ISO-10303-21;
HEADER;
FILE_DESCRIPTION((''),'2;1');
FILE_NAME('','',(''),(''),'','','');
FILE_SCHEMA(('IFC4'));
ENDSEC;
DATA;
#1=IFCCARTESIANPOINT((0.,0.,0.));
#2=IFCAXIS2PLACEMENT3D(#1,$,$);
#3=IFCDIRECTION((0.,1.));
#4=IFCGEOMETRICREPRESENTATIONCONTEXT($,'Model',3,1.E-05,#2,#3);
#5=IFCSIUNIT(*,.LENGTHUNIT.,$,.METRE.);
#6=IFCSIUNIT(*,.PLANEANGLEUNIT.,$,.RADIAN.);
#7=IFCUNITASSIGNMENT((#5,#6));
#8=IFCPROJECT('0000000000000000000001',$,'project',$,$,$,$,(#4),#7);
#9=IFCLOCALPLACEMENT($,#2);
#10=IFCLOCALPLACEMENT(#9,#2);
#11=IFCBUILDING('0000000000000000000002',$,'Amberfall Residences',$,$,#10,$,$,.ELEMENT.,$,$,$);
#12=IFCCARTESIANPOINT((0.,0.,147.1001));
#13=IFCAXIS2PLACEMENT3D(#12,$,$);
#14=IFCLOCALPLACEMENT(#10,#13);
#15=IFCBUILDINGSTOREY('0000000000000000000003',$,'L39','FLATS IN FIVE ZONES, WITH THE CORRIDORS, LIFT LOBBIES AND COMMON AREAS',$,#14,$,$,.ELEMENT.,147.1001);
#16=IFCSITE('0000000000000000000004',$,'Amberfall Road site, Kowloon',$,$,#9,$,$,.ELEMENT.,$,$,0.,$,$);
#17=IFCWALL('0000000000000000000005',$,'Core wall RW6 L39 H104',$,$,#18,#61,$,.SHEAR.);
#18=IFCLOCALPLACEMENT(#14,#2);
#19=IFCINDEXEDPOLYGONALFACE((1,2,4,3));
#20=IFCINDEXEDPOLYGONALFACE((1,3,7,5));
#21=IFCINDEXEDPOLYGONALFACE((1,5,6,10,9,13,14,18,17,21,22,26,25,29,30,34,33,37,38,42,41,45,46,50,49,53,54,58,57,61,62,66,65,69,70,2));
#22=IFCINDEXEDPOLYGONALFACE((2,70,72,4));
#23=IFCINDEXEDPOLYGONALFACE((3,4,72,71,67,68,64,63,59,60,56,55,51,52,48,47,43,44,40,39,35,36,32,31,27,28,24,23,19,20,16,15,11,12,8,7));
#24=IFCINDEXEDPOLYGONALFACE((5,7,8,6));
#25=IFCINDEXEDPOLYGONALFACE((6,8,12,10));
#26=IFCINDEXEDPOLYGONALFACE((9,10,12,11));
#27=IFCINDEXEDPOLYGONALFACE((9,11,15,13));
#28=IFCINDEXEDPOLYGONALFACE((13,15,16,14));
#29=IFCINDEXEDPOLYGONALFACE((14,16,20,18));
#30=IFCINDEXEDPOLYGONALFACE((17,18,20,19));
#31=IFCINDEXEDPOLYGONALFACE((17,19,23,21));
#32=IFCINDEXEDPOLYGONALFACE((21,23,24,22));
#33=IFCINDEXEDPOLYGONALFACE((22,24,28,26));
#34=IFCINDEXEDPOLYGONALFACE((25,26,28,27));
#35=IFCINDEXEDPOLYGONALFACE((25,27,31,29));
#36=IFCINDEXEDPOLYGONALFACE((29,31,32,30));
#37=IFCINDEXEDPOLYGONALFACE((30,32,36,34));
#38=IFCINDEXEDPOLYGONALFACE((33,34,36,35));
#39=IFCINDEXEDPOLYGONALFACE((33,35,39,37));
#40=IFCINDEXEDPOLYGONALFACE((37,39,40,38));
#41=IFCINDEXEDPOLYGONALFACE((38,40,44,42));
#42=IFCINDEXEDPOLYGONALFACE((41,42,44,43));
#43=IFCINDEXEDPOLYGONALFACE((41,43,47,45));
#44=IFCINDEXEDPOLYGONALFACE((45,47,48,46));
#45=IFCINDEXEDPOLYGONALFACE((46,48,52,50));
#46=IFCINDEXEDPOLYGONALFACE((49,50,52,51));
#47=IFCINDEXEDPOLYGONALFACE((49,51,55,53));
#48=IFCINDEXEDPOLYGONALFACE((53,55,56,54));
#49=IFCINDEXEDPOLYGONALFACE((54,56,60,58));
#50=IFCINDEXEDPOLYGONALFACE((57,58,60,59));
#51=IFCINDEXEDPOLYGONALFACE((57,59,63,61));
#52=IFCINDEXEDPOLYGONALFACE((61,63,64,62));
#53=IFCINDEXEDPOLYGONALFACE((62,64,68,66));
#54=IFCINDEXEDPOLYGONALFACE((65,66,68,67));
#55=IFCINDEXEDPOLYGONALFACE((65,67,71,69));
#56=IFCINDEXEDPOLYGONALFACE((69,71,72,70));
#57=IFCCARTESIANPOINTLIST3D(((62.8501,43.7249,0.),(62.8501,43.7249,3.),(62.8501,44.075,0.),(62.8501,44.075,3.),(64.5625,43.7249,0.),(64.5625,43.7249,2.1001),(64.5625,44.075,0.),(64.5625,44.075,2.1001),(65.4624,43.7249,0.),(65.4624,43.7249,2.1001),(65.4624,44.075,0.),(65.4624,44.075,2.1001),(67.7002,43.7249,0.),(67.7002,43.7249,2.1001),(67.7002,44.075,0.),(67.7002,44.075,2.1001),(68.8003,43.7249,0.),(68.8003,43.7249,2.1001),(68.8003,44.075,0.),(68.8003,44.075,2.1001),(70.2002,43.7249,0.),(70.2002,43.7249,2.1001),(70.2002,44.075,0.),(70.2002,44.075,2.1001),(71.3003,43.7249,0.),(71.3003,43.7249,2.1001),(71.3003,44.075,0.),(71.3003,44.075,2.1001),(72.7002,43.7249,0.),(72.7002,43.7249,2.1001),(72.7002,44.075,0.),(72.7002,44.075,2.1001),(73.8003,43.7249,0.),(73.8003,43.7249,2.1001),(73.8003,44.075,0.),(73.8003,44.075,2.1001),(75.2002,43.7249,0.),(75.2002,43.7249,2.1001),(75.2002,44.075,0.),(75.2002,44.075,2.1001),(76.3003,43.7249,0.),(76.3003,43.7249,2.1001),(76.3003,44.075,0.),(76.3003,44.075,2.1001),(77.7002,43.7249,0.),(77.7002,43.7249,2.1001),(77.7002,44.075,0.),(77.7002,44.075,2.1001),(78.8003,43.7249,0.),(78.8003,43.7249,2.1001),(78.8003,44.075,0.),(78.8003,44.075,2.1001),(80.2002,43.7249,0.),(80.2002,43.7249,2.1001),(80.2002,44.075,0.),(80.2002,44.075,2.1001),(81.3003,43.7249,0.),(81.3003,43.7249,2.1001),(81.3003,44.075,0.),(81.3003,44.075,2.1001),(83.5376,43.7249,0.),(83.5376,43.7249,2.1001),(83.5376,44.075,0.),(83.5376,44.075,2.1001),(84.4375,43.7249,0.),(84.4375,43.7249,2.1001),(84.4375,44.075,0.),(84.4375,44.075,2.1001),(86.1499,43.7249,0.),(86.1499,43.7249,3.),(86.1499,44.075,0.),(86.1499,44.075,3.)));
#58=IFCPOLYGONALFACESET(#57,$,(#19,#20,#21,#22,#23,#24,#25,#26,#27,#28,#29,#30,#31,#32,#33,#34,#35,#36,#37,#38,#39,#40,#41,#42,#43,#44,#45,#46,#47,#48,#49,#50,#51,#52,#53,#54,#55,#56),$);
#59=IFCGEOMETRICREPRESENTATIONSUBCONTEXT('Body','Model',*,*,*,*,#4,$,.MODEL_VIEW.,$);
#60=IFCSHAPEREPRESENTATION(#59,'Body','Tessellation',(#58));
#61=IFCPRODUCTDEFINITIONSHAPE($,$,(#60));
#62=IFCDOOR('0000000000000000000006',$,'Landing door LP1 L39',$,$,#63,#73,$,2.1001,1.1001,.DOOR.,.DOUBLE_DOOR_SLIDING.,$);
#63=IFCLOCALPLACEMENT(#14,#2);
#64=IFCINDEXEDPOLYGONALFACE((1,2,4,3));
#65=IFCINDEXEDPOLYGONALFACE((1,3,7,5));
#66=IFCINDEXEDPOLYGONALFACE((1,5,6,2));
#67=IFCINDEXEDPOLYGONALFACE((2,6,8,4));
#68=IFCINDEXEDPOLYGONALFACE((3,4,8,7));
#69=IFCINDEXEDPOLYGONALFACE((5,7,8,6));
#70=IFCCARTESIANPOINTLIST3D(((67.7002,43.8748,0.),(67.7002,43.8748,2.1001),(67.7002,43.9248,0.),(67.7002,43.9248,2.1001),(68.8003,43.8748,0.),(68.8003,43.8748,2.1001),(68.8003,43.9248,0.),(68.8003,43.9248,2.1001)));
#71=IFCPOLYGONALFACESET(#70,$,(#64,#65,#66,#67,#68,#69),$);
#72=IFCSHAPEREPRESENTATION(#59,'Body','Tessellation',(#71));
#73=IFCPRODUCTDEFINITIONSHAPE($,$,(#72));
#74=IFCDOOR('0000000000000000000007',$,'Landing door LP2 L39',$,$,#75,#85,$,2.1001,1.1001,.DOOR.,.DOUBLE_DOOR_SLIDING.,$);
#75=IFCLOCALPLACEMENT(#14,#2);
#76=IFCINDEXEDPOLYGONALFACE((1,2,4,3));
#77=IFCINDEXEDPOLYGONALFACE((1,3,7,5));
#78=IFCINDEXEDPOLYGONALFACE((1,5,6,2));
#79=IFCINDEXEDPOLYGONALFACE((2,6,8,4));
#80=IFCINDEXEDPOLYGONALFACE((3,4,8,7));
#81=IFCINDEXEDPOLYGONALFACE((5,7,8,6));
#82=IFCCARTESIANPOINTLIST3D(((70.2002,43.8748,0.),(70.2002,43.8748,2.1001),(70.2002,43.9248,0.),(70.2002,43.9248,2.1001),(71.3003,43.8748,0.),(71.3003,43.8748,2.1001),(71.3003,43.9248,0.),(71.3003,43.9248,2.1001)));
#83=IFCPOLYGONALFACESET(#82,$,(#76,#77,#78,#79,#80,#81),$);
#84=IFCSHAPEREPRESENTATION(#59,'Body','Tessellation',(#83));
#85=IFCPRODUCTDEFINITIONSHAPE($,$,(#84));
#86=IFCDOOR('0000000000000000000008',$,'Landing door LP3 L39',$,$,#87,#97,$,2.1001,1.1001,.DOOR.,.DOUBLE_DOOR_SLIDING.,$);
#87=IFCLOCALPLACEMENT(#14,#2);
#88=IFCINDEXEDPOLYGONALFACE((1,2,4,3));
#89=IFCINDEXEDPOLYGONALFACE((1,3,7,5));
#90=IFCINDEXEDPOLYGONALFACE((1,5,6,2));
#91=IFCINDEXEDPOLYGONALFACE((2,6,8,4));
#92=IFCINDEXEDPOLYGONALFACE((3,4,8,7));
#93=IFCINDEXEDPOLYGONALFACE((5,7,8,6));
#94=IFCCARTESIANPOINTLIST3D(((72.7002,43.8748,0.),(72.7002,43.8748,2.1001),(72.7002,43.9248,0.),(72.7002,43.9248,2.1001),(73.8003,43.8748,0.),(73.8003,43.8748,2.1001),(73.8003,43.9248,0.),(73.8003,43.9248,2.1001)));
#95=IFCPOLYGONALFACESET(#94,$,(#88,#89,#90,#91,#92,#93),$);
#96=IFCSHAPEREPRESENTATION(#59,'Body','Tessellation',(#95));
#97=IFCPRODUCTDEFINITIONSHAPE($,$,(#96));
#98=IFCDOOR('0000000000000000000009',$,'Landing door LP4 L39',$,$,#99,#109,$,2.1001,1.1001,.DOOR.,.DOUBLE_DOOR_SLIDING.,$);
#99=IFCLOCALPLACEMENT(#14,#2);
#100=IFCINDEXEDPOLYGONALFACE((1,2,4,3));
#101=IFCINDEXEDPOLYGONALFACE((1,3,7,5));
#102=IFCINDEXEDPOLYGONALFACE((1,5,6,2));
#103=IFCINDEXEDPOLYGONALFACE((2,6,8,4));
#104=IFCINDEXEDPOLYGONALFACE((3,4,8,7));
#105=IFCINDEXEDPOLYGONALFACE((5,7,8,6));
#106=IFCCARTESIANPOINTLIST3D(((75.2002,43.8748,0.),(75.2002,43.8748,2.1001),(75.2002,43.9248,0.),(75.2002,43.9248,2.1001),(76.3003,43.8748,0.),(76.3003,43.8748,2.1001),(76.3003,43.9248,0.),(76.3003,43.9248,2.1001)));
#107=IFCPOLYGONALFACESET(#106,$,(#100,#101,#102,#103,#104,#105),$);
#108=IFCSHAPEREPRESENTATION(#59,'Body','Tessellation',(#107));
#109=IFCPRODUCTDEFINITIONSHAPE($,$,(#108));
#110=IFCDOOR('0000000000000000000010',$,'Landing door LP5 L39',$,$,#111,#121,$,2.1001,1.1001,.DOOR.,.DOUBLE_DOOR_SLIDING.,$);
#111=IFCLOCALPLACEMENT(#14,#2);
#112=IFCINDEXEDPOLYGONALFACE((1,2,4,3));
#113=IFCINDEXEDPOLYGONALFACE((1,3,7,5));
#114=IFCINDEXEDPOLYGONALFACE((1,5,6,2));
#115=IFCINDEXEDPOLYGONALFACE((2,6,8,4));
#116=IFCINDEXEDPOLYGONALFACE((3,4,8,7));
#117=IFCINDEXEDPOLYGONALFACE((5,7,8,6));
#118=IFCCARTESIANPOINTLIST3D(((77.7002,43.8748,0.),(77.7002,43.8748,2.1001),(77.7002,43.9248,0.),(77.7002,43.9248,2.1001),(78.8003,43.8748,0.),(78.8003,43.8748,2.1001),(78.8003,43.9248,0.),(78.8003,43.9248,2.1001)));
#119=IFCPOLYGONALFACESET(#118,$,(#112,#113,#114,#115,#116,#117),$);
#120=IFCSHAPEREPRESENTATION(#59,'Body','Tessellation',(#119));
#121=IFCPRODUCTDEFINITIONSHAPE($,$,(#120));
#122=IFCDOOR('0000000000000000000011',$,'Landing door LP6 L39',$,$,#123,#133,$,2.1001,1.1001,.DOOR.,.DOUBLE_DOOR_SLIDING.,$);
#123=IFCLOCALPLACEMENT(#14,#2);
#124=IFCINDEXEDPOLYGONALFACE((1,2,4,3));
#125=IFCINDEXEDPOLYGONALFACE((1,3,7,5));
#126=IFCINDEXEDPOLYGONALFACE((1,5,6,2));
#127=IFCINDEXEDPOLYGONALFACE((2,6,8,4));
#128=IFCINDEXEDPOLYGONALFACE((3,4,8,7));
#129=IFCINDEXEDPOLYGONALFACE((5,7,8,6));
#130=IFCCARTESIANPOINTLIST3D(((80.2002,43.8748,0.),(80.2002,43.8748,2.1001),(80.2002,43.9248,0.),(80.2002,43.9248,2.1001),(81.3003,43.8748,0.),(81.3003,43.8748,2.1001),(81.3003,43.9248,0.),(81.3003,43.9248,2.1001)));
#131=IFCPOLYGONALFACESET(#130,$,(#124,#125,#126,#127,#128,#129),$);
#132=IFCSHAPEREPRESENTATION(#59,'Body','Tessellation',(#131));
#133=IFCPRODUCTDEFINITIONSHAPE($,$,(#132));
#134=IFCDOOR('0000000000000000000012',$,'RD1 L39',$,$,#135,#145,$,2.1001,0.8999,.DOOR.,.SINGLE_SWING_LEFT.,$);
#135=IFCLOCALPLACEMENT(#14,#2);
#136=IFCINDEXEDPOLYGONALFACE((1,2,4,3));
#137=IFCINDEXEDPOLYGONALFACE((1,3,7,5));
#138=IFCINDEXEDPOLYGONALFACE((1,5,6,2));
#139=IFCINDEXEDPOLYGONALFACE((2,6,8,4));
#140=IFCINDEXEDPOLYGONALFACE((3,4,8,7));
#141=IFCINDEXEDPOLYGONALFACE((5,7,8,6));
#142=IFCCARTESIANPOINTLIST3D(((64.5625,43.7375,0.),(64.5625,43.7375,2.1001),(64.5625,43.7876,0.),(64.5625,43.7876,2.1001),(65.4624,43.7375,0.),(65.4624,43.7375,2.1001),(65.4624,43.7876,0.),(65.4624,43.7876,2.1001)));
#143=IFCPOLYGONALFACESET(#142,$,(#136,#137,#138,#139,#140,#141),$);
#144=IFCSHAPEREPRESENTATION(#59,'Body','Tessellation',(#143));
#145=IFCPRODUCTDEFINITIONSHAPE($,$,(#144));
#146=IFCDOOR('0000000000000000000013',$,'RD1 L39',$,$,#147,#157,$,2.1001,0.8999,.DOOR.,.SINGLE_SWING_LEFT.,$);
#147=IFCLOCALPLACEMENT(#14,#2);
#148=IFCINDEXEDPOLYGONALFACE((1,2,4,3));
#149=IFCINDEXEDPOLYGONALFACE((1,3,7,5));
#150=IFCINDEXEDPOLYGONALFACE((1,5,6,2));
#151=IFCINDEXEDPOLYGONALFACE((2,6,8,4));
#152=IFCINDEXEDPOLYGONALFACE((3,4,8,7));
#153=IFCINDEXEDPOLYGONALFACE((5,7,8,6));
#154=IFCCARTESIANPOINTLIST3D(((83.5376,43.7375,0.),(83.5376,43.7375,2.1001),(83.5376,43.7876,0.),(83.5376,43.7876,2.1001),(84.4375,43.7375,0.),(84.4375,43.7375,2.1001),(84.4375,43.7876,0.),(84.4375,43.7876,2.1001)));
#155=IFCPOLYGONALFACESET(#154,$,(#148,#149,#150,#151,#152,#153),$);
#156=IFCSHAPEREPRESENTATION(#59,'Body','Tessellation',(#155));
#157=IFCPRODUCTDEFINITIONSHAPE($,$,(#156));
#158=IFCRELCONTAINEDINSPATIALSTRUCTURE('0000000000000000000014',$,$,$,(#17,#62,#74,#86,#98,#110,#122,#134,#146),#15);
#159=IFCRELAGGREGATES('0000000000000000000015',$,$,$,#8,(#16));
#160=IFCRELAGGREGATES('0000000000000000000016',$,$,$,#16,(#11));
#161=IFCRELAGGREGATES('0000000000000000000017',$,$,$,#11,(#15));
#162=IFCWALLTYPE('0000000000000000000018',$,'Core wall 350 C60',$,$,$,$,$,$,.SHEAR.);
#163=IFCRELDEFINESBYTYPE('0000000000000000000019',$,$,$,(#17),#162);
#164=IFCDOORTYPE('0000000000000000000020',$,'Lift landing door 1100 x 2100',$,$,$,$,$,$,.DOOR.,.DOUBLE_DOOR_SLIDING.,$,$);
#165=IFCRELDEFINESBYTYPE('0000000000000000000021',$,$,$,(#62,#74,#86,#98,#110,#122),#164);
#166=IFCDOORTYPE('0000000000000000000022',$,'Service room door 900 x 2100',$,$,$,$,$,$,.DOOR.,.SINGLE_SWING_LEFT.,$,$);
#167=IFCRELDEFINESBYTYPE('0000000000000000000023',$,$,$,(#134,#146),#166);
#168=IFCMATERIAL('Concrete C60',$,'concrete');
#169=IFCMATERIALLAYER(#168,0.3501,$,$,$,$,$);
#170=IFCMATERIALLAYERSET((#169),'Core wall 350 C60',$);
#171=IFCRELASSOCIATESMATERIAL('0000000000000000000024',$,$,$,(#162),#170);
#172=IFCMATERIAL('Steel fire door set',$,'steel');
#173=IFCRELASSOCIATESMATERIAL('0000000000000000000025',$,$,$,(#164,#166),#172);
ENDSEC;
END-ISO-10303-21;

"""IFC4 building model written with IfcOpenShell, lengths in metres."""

from ifc_helpers import new_model, si_unit, direction, frame, frame_2d, origin, place, context, subcontext, project, spatial, rectangle, extrude, material, layer, layer_set, type_object, element, fill, save


model = new_model("IFC4")

# Units and contexts
model_context = context("Model", 3, precision=1e-05, world=origin(), true_north=direction((0.0, 1.0)))
body_context = subcontext(model_context, "Body", "Model", "MODEL_VIEW")
ifc_project = project(units=[si_unit("LENGTHUNIT", "METRE"), si_unit("PLANEANGLEUNIT", "RADIAN")], contexts=[model_context])

# Site, building, storey
site_placement = place(None, origin())
site = spatial("IfcSite", under=ifc_project, at=site_placement, Name="Amberfall Road site, Kowloon", CompositionType="ELEMENT", RefElevation=0.0)
building_placement = place(site_placement, origin())
building = spatial("IfcBuilding", under=site, at=building_placement, Name="Amberfall Residences", CompositionType="ELEMENT")
storey_placement = place(building_placement, frame((0.0, 0.0, 147.1001)))
storey = spatial("IfcBuildingStorey", under=building, at=storey_placement, Name="L39", Description="FLATS IN FIVE ZONES, WITH THE CORRIDORS, LIFT LOBBIES AND COMMON AREAS", CompositionType="ELEMENT", Elevation=147.1001)

# Shared definitions
ifc_material_1 = material(Name="Concrete C60", Category="concrete")
ifc_layer = layer(ifc_material_1, 0.3501)
ifc_layer_set = layer_set([ifc_layer], Name="Core wall 350 C60")
wall_type = type_object("IfcWallType", Name="Core wall 350 C60", PredefinedType="SHEAR", material=ifc_layer_set)

# Wall, openings, doors
wall_1_placement = place(storey_placement, frame((62.8501, 43.8999, 0.0), z_axis=(0.0, 0.0, 1.0), x_axis=(1.0, 0.0, 0.0)))
wall_1 = element("IfcWall", 1, at=wall_1_placement, inside=storey, type_object=wall_type, Name="Core wall RW6 L39 H104", PredefinedType="SHEAR", context=body_context, shape_type="SweptSolid", body=[
    extrude(rectangle(XDim=23.2998, YDim=0.3501, at=frame_2d((11.6499, 0.0))), origin(), (0.0, 0.0, 1.0), 3.0),
])
opening_1_placement = place(wall_1_placement, frame((1.7124, 0.0, 0.0)))
opening_1 = element("IfcOpeningElement", 2, at=opening_1_placement, cuts=wall_1, PredefinedType="OPENING", context=body_context, shape_type="SweptSolid", body=[
    extrude(rectangle(XDim=0.8999, YDim=2.1001, at=frame_2d((0.45, 1.05))), frame((0.0, 0.1851, 0.0), z_axis=(0.0, -1.0, 0.0), x_axis=(1.0, 0.0, 0.0)), (0.0, 0.0, 1.0), 0.3701),
])
opening_2_placement = place(wall_1_placement, frame((20.6875, 0.0, 0.0)))
opening_2 = element("IfcOpeningElement", 3, at=opening_2_placement, cuts=wall_1, PredefinedType="OPENING", context=body_context, shape_type="SweptSolid", body=[
    extrude(rectangle(XDim=0.8999, YDim=2.1001, at=frame_2d((0.45, 1.05))), frame((0.0, 0.1851, 0.0), z_axis=(0.0, -1.0, 0.0), x_axis=(1.0, 0.0, 0.0)), (0.0, 0.0, 1.0), 0.3701),
])
opening_3_placement = place(wall_1_placement, frame((4.8501, 0.0, 0.0)))
opening_3 = element("IfcOpeningElement", 4, at=opening_3_placement, cuts=wall_1, PredefinedType="OPENING", context=body_context, shape_type="SweptSolid", body=[
    extrude(rectangle(XDim=1.1001, YDim=2.1001, at=frame_2d((0.55, 1.05))), frame((0.0, 0.1851, 0.0), z_axis=(0.0, -1.0, 0.0), x_axis=(1.0, 0.0, 0.0)), (0.0, 0.0, 1.0), 0.3701),
])
opening_4_placement = place(wall_1_placement, frame((7.3501, 0.0, 0.0)))
opening_4 = element("IfcOpeningElement", 5, at=opening_4_placement, cuts=wall_1, PredefinedType="OPENING", context=body_context, shape_type="SweptSolid", body=[
    extrude(rectangle(XDim=1.1001, YDim=2.1001, at=frame_2d((0.55, 1.05))), frame((0.0, 0.1851, 0.0), z_axis=(0.0, -1.0, 0.0), x_axis=(1.0, 0.0, 0.0)), (0.0, 0.0, 1.0), 0.3701),
])
opening_5_placement = place(wall_1_placement, frame((9.8501, 0.0, 0.0)))
opening_5 = element("IfcOpeningElement", 6, at=opening_5_placement, cuts=wall_1, PredefinedType="OPENING", context=body_context, shape_type="SweptSolid", body=[
    extrude(rectangle(XDim=1.1001, YDim=2.1001, at=frame_2d((0.55, 1.05))), frame((0.0, 0.1851, 0.0), z_axis=(0.0, -1.0, 0.0), x_axis=(1.0, 0.0, 0.0)), (0.0, 0.0, 1.0), 0.3701),
])
opening_6_placement = place(wall_1_placement, frame((12.3501, 0.0, 0.0)))
opening_6 = element("IfcOpeningElement", 7, at=opening_6_placement, cuts=wall_1, PredefinedType="OPENING", context=body_context, shape_type="SweptSolid", body=[
    extrude(rectangle(XDim=1.1001, YDim=2.1001, at=frame_2d((0.55, 1.05))), frame((0.0, 0.1851, 0.0), z_axis=(0.0, -1.0, 0.0), x_axis=(1.0, 0.0, 0.0)), (0.0, 0.0, 1.0), 0.3701),
])
opening_7_placement = place(wall_1_placement, frame((14.8501, 0.0, 0.0)))
opening_7 = element("IfcOpeningElement", 8, at=opening_7_placement, cuts=wall_1, PredefinedType="OPENING", context=body_context, shape_type="SweptSolid", body=[
    extrude(rectangle(XDim=1.1001, YDim=2.1001, at=frame_2d((0.55, 1.05))), frame((0.0, 0.1851, 0.0), z_axis=(0.0, -1.0, 0.0), x_axis=(1.0, 0.0, 0.0)), (0.0, 0.0, 1.0), 0.3701),
])
opening_8_placement = place(wall_1_placement, frame((17.3501, 0.0, 0.0)))
opening_8 = element("IfcOpeningElement", 9, at=opening_8_placement, cuts=wall_1, PredefinedType="OPENING", context=body_context, shape_type="SweptSolid", body=[
    extrude(rectangle(XDim=1.1001, YDim=2.1001, at=frame_2d((0.55, 1.05))), frame((0.0, 0.1851, 0.0), z_axis=(0.0, -1.0, 0.0), x_axis=(1.0, 0.0, 0.0)), (0.0, 0.0, 1.0), 0.3701),
])
ifc_material_2 = material(Name="Steel fire door set", Category="steel")
door_type_1 = type_object("IfcDoorType", Name="Lift landing door 1100 x 2100", OperationType="DOUBLE_DOOR_SLIDING", PredefinedType="DOOR", material=ifc_material_2)
door_1_placement = place(opening_3_placement, origin())
door_1 = element("IfcDoor", 10, at=door_1_placement, inside=storey, type_object=door_type_1, Name="Landing door LP1 L39", OperationType="DOUBLE_DOOR_SLIDING", OverallHeight=2.1001, OverallWidth=1.1001, PredefinedType="DOOR", context=body_context, shape_type="SweptSolid", body=[
    extrude(rectangle(XDim=1.1001, YDim=2.1001, at=frame_2d((0.55, 1.05))), frame((0.0, 0.0249, 0.0), z_axis=(0.0, -1.0, 0.0), x_axis=(1.0, 0.0, 0.0)), (0.0, 0.0, 1.0), 0.05),
])
fill(opening_3, door_1)
door_2_placement = place(opening_4_placement, origin())
door_2 = element("IfcDoor", 11, at=door_2_placement, inside=storey, type_object=door_type_1, Name="Landing door LP2 L39", OperationType="DOUBLE_DOOR_SLIDING", OverallHeight=2.1001, OverallWidth=1.1001, PredefinedType="DOOR", context=body_context, shape_type="SweptSolid", body=[
    extrude(rectangle(XDim=1.1001, YDim=2.1001, at=frame_2d((0.55, 1.05))), frame((0.0, 0.0249, 0.0), z_axis=(0.0, -1.0, 0.0), x_axis=(1.0, 0.0, 0.0)), (0.0, 0.0, 1.0), 0.05),
])
fill(opening_4, door_2)
door_3_placement = place(opening_5_placement, origin())
door_3 = element("IfcDoor", 12, at=door_3_placement, inside=storey, type_object=door_type_1, Name="Landing door LP3 L39", OperationType="DOUBLE_DOOR_SLIDING", OverallHeight=2.1001, OverallWidth=1.1001, PredefinedType="DOOR", context=body_context, shape_type="SweptSolid", body=[
    extrude(rectangle(XDim=1.1001, YDim=2.1001, at=frame_2d((0.55, 1.05))), frame((0.0, 0.0249, 0.0), z_axis=(0.0, -1.0, 0.0), x_axis=(1.0, 0.0, 0.0)), (0.0, 0.0, 1.0), 0.05),
])
fill(opening_5, door_3)
door_4_placement = place(opening_6_placement, origin())
door_4 = element("IfcDoor", 13, at=door_4_placement, inside=storey, type_object=door_type_1, Name="Landing door LP4 L39", OperationType="DOUBLE_DOOR_SLIDING", OverallHeight=2.1001, OverallWidth=1.1001, PredefinedType="DOOR", context=body_context, shape_type="SweptSolid", body=[
    extrude(rectangle(XDim=1.1001, YDim=2.1001, at=frame_2d((0.55, 1.05))), frame((0.0, 0.0249, 0.0), z_axis=(0.0, -1.0, 0.0), x_axis=(1.0, 0.0, 0.0)), (0.0, 0.0, 1.0), 0.05),
])
fill(opening_6, door_4)
door_5_placement = place(opening_7_placement, origin())
door_5 = element("IfcDoor", 14, at=door_5_placement, inside=storey, type_object=door_type_1, Name="Landing door LP5 L39", OperationType="DOUBLE_DOOR_SLIDING", OverallHeight=2.1001, OverallWidth=1.1001, PredefinedType="DOOR", context=body_context, shape_type="SweptSolid", body=[
    extrude(rectangle(XDim=1.1001, YDim=2.1001, at=frame_2d((0.55, 1.05))), frame((0.0, 0.0249, 0.0), z_axis=(0.0, -1.0, 0.0), x_axis=(1.0, 0.0, 0.0)), (0.0, 0.0, 1.0), 0.05),
])
fill(opening_7, door_5)
door_6_placement = place(opening_8_placement, origin())
door_6 = element("IfcDoor", 15, at=door_6_placement, inside=storey, type_object=door_type_1, Name="Landing door LP6 L39", OperationType="DOUBLE_DOOR_SLIDING", OverallHeight=2.1001, OverallWidth=1.1001, PredefinedType="DOOR", context=body_context, shape_type="SweptSolid", body=[
    extrude(rectangle(XDim=1.1001, YDim=2.1001, at=frame_2d((0.55, 1.05))), frame((0.0, 0.0249, 0.0), z_axis=(0.0, -1.0, 0.0), x_axis=(1.0, 0.0, 0.0)), (0.0, 0.0, 1.0), 0.05),
])
fill(opening_8, door_6)
door_type_2 = type_object("IfcDoorType", Name="Service room door 900 x 2100", OperationType="SINGLE_SWING_LEFT", PredefinedType="DOOR", material=ifc_material_2)
door_7_placement = place(opening_1_placement, origin())
door_7 = element("IfcDoor", 16, at=door_7_placement, inside=storey, type_object=door_type_2, Name="RD1 L39", OperationType="SINGLE_SWING_LEFT", OverallHeight=2.1001, OverallWidth=0.8999, PredefinedType="DOOR", context=body_context, shape_type="SweptSolid", body=[
    extrude(rectangle(XDim=0.8999, YDim=2.1001, at=frame_2d((0.45, 1.05))), frame((0.0, -0.1123, 0.0), z_axis=(0.0, -1.0, 0.0), x_axis=(1.0, 0.0, 0.0)), (0.0, 0.0, 1.0), 0.05),
])
fill(opening_1, door_7)
door_8_placement = place(opening_2_placement, origin())
door_8 = element("IfcDoor", 17, at=door_8_placement, inside=storey, type_object=door_type_2, Name="RD1 L39", OperationType="SINGLE_SWING_LEFT", OverallHeight=2.1001, OverallWidth=0.8999, PredefinedType="DOOR", context=body_context, shape_type="SweptSolid", body=[
    extrude(rectangle(XDim=0.8999, YDim=2.1001, at=frame_2d((0.45, 1.05))), frame((0.0, -0.1123, 0.0), z_axis=(0.0, -1.0, 0.0), x_axis=(1.0, 0.0, 0.0)), (0.0, 0.0, 1.0), 0.05),
])
fill(opening_2, door_8)

save(model, "model.ifc")
